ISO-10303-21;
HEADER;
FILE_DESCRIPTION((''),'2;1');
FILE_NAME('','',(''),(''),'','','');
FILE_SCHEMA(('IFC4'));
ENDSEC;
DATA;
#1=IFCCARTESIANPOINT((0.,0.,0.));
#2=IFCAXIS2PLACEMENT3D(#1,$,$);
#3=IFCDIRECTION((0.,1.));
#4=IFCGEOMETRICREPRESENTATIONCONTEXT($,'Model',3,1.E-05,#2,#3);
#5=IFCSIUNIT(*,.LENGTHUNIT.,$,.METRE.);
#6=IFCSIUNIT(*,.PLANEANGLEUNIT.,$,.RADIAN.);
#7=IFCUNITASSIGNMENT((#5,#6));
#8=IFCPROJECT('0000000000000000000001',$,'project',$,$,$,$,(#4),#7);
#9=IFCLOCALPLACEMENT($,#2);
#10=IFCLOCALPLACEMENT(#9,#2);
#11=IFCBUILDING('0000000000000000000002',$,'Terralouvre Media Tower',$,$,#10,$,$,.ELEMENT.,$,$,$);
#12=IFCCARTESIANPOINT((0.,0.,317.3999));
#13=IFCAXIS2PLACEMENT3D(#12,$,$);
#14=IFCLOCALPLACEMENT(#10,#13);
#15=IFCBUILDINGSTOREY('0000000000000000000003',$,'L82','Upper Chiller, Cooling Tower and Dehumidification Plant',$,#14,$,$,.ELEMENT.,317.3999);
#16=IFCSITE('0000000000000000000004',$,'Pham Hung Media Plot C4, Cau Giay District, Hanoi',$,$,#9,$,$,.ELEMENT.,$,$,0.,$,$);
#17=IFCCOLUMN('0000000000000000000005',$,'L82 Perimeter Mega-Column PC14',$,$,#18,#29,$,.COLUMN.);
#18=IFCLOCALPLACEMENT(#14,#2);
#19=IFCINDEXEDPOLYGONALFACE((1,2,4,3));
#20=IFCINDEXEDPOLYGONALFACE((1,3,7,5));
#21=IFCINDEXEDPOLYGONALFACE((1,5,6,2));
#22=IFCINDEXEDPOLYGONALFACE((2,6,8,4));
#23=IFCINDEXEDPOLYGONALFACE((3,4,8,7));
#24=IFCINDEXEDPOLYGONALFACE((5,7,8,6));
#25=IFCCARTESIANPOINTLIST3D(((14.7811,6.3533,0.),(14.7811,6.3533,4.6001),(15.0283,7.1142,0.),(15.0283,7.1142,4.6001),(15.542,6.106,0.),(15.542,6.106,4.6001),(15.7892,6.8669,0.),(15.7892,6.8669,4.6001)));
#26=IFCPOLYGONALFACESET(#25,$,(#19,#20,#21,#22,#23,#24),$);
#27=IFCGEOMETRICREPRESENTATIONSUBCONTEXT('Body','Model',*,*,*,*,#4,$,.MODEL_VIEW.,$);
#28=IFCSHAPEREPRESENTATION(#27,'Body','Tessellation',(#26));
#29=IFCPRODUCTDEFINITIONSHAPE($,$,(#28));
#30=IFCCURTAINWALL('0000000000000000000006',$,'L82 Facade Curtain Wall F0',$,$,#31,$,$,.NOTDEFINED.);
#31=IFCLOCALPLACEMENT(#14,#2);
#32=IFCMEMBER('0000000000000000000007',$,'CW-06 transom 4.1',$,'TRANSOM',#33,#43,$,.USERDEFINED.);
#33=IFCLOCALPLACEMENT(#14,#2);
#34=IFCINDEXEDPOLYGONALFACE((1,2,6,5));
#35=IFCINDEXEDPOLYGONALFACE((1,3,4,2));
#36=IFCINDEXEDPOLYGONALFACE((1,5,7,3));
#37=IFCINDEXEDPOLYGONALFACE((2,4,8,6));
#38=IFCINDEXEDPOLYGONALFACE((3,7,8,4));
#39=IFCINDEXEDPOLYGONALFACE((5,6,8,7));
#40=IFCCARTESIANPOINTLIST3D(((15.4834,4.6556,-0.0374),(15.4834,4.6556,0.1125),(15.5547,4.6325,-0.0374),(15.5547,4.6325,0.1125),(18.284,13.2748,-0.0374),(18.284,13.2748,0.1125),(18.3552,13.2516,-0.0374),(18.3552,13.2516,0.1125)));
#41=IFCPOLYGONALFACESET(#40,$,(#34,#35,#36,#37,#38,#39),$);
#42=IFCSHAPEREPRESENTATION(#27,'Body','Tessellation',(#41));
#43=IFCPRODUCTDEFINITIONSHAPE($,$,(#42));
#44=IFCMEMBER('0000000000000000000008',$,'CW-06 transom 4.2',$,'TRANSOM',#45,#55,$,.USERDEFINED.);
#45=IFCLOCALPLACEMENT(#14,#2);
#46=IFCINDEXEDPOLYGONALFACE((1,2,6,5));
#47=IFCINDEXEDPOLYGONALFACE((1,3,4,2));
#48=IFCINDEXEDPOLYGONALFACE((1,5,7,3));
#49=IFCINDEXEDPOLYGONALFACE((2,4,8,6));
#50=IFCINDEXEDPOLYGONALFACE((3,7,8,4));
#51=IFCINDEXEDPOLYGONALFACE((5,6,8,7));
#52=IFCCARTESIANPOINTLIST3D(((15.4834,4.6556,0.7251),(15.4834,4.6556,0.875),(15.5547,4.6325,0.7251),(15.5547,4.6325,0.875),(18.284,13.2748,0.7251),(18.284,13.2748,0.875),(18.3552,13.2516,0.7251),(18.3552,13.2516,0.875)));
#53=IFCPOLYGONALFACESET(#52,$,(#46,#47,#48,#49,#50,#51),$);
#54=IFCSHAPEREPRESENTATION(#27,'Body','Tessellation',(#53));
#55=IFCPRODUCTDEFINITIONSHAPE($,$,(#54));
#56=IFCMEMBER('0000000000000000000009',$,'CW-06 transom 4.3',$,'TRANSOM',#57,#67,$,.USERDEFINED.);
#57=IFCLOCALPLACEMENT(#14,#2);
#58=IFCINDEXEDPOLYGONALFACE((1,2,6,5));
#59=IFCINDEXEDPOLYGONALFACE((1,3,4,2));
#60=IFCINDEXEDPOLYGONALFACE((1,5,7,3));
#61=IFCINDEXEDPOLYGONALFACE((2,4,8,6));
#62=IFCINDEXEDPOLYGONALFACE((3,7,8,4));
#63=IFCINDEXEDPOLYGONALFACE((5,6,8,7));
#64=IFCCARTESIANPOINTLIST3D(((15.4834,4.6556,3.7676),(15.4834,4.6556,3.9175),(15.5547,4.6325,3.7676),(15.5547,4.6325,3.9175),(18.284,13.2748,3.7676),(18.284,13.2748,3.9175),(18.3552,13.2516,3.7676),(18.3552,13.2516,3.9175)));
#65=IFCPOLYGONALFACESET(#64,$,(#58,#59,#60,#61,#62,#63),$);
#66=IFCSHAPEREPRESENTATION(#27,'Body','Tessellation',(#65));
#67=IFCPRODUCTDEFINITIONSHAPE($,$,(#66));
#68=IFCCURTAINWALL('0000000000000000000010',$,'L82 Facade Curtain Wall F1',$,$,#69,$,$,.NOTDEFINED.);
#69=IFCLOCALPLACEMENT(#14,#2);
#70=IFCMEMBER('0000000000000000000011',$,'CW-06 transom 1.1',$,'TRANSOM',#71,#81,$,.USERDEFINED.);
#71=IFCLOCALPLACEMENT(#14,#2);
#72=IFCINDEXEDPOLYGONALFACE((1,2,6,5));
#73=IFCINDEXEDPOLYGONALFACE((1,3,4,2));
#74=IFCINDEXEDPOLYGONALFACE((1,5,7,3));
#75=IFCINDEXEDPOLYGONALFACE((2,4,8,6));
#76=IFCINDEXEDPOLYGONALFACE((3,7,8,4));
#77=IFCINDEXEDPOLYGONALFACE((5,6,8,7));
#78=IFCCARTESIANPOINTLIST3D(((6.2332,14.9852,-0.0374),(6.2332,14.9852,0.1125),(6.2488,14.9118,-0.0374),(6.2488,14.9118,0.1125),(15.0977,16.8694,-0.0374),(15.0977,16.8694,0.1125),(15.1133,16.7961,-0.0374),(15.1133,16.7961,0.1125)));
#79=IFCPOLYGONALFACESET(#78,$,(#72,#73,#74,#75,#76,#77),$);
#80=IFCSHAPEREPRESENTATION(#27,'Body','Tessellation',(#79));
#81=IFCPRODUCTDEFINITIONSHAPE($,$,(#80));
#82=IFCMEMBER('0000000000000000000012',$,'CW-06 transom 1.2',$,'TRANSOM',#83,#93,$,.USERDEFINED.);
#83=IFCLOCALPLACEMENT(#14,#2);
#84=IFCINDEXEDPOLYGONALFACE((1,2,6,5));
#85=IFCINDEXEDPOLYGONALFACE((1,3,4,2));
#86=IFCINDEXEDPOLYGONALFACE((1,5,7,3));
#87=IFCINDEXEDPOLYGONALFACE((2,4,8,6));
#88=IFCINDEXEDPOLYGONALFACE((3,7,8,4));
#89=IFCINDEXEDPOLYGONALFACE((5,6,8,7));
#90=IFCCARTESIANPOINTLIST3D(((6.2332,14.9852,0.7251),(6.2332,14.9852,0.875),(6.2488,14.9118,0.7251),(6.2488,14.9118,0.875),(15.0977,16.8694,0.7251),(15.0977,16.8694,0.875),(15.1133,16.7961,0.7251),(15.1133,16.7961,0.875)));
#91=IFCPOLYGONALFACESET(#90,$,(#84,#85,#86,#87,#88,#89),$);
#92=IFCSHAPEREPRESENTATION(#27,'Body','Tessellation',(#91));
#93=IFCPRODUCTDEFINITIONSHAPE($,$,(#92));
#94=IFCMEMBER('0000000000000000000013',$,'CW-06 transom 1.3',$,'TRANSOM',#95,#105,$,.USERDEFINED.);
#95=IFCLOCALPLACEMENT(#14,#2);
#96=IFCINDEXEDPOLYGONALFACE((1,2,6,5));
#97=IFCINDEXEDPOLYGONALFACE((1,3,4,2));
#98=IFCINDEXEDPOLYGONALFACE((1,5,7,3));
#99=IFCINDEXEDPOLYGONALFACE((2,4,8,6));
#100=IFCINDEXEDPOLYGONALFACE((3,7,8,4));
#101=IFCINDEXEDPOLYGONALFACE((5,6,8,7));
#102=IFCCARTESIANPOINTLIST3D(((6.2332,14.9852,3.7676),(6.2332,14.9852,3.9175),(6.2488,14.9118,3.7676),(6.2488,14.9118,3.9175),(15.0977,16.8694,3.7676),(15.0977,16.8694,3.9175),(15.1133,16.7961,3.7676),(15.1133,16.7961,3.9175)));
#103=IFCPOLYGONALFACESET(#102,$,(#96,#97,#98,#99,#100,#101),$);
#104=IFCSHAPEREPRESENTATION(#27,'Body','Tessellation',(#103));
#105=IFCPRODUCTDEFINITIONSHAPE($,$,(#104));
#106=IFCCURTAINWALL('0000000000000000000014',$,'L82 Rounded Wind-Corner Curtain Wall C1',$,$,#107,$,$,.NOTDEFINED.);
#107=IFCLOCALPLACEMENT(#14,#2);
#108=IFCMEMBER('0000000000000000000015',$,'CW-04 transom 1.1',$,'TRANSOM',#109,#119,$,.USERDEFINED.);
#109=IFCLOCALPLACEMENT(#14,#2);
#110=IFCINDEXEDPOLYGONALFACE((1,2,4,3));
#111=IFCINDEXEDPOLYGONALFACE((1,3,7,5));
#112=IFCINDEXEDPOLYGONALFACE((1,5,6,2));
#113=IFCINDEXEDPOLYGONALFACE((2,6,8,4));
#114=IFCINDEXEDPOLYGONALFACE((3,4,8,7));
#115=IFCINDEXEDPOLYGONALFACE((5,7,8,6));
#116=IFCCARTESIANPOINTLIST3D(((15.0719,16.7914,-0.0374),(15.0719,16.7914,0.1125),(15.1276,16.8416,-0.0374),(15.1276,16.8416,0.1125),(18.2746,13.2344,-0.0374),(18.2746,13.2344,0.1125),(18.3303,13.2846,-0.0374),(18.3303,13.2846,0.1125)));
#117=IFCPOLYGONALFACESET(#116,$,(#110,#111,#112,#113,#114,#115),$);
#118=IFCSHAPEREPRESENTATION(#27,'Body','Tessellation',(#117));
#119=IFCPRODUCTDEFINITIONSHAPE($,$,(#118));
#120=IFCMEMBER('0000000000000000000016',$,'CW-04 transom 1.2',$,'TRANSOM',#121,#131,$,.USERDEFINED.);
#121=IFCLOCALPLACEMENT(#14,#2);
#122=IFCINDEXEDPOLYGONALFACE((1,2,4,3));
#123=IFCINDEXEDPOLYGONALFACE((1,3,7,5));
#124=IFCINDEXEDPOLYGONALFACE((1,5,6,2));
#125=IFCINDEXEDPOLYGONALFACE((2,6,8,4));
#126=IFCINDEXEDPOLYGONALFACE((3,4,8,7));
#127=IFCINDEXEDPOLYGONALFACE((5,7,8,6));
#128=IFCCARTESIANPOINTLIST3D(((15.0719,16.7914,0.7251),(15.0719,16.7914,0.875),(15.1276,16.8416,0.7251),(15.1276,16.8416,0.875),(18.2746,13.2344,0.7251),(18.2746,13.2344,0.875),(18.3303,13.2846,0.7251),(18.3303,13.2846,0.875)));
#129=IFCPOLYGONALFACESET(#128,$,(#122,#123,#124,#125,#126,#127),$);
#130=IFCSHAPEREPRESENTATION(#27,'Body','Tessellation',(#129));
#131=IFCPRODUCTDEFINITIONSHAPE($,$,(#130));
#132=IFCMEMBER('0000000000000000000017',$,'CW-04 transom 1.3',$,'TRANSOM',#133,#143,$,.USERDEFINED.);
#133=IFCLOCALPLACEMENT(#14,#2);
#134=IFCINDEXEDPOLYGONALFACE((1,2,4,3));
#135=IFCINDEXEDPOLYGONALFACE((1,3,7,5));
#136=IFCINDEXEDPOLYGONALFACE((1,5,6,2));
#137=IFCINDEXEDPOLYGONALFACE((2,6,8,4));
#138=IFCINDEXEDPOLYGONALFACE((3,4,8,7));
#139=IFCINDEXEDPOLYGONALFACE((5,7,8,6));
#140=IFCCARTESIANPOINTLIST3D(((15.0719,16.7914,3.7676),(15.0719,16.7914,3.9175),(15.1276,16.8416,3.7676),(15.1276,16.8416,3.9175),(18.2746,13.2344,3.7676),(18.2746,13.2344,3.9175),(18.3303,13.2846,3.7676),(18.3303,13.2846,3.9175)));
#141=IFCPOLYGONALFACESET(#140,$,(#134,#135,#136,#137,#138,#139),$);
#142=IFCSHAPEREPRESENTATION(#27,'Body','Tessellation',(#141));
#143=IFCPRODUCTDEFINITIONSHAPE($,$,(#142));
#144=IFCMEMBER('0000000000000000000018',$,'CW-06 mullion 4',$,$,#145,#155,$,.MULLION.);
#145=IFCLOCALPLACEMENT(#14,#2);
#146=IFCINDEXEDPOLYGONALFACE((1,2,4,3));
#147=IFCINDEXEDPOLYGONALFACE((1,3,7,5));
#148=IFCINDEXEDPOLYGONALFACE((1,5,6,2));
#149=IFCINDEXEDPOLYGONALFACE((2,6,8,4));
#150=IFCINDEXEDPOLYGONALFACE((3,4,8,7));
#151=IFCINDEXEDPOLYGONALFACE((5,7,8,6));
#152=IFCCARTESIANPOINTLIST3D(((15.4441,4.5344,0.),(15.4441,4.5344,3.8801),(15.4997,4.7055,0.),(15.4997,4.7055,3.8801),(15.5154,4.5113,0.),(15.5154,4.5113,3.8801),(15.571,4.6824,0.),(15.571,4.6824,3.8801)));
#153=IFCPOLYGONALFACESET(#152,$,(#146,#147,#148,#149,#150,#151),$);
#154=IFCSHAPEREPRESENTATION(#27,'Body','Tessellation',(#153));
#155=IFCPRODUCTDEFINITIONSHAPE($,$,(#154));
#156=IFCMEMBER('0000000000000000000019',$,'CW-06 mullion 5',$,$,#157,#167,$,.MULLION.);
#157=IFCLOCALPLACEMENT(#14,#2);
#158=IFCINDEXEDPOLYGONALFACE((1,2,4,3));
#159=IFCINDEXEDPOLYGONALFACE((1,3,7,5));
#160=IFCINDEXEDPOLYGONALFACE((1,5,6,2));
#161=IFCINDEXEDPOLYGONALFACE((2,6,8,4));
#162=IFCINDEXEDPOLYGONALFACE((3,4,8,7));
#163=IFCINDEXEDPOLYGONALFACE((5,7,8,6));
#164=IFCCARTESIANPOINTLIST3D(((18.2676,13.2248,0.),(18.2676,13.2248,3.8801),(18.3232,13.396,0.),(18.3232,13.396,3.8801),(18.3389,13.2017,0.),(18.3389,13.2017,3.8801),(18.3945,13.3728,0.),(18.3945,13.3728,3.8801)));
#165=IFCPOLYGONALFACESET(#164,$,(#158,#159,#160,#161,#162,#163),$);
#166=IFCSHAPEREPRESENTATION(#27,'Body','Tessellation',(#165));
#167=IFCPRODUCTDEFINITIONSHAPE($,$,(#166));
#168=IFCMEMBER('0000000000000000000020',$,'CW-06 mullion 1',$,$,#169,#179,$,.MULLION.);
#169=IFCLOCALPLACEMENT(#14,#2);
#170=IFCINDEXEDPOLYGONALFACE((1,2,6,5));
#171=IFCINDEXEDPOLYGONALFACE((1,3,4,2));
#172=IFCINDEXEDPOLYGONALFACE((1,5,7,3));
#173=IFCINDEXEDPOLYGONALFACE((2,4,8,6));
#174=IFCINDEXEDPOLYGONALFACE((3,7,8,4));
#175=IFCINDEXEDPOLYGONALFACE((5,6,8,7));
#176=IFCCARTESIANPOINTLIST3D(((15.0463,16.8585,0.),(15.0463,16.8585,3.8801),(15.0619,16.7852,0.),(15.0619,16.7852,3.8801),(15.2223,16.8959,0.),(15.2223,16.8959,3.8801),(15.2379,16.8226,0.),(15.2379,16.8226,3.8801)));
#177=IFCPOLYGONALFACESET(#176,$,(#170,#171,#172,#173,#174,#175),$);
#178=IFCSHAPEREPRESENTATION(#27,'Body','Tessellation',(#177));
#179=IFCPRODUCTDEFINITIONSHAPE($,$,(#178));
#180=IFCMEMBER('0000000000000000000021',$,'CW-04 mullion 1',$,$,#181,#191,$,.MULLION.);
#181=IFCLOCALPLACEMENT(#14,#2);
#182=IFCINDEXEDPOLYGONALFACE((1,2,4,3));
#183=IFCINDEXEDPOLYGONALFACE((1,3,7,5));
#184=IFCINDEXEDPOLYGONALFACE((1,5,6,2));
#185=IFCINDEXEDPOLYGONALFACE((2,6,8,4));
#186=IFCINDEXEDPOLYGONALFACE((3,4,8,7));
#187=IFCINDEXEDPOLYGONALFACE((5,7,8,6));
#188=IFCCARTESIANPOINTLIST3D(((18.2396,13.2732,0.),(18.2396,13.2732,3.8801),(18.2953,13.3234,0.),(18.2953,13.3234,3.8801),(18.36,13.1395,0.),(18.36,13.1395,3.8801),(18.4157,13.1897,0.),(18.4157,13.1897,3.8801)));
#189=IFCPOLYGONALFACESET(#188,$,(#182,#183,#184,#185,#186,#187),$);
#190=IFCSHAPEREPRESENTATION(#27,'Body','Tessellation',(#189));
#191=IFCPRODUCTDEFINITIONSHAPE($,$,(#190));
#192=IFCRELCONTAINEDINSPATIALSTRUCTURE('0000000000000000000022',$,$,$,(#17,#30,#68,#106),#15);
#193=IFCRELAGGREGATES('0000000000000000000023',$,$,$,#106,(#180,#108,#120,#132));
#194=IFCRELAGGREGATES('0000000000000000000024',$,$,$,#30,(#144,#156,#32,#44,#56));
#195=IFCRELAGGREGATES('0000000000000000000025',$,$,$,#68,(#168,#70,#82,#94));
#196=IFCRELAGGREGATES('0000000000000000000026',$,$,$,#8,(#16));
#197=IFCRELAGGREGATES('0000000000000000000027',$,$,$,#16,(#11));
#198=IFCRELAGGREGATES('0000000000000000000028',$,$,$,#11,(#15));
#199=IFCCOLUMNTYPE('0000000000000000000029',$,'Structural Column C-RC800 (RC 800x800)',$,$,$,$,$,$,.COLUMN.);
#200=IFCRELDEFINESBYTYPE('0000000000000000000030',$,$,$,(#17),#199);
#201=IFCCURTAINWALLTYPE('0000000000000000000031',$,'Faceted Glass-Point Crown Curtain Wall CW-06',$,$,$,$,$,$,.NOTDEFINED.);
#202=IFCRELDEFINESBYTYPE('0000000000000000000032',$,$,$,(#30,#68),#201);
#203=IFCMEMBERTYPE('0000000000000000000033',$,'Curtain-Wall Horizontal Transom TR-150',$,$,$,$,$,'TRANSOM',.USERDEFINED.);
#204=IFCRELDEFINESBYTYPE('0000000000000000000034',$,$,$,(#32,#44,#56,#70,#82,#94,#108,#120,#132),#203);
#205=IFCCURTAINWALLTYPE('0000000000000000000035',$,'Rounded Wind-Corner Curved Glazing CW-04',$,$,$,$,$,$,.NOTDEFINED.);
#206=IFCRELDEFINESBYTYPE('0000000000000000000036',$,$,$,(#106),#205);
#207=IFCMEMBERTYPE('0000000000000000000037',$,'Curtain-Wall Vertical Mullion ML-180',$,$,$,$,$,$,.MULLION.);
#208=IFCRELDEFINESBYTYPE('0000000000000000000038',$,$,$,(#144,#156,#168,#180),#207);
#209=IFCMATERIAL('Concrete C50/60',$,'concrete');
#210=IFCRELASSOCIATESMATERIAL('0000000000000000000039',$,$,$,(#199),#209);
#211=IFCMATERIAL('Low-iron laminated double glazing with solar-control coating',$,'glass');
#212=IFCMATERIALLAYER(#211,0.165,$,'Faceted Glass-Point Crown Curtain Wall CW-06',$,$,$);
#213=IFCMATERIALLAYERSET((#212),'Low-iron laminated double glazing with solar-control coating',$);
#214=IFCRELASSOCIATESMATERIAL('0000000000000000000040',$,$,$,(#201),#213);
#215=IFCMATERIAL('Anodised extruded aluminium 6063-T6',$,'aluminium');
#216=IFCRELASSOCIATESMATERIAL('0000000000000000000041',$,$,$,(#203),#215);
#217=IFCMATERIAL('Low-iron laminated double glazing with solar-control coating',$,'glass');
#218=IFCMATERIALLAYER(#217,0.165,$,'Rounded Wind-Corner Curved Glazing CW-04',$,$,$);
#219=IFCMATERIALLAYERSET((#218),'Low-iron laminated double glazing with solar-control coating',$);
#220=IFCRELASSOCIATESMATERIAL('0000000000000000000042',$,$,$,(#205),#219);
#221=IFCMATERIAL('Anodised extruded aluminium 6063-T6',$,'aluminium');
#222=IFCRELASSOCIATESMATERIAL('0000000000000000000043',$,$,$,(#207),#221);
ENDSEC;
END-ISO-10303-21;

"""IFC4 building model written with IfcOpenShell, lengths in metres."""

from ifc_helpers import new_model, si_unit, direction, frame, origin, origin_2d, place, context, subcontext, project, spatial, rectangle, extrude, material, layer, layer_set, material_profile, profile_set, type_object, element, aggregate, save


model = new_model("IFC4")

# Units and contexts
model_context = context("Model", 3, precision=1e-05, world=origin(), true_north=direction((0.0, 1.0)))
body_context = subcontext(model_context, "Body", "Model", "MODEL_VIEW")
ifc_project = project(units=[si_unit("LENGTHUNIT", "METRE"), si_unit("PLANEANGLEUNIT", "RADIAN")], contexts=[model_context])

# Site, building, storey
site_placement = place(None, origin())
site = spatial("IfcSite", under=ifc_project, at=site_placement, Name="Pham Hung Media Plot C4, Cau Giay District, Hanoi", CompositionType="ELEMENT", RefElevation=0.0)
building_placement = place(site_placement, origin())
building = spatial("IfcBuilding", under=site, at=building_placement, Name="Terralouvre Media Tower", CompositionType="ELEMENT")
storey_placement = place(building_placement, frame((0.0, 0.0, 317.3999)))
storey = spatial("IfcBuildingStorey", under=building, at=storey_placement, Name="L82", Description="Upper Chiller, Cooling Tower and Dehumidification Plant", CompositionType="ELEMENT", Elevation=317.3999)

# Column
ifc_material_1 = material(Name="Concrete C50/60", Category="concrete")
ifc_material_profile_1 = material_profile(ifc_material_1, rectangle(XDim=0.8, YDim=0.8, at=origin_2d()), Name="RC 800x800")
ifc_profile_set_1 = profile_set([ifc_material_profile_1], Name="Concrete C50/60")
column_type = type_object("IfcColumnType", Name="Structural Column C-RC800 (RC 800x800)", PredefinedType="COLUMN", material=ifc_profile_set_1)
column_placement = place(storey_placement, frame((15.2852, 6.6101, 0.0), z_axis=(0.0, 0.0, 1.0), x_axis=(0.309017, 0.951057, 0.0)))
element("IfcColumn", 1, at=column_placement, inside=storey, type_object=column_type, Name="L82 Perimeter Mega-Column PC14", PredefinedType="COLUMN", context=body_context, shape_type="SweptSolid", body=[
    extrude(rectangle(XDim=0.8, YDim=0.8, at=origin_2d()), origin(), (0.0, 0.0, 1.0), 4.6001),
])

# Curtain walls, members
ifc_material_2 = material(Name="Low-iron laminated double glazing with solar-control coating", Category="glass")
ifc_layer_1 = layer(ifc_material_2, 0.165, Name="Faceted Glass-Point Crown Curtain Wall CW-06")
ifc_layer_set_1 = layer_set([ifc_layer_1], Name="Low-iron laminated double glazing with solar-control coating")
curtain_wall_type_1 = type_object("IfcCurtainWallType", Name="Faceted Glass-Point Crown Curtain Wall CW-06", PredefinedType="NOTDEFINED", material=ifc_layer_set_1)
curtain_wall_1_placement = place(storey_placement, origin())
curtain_wall_1 = element("IfcCurtainWall", 2, at=curtain_wall_1_placement, inside=storey, type_object=curtain_wall_type_1, Name="L82 Facade Curtain Wall F0", PredefinedType="NOTDEFINED")
ifc_material_3 = material(Name="Anodised extruded aluminium 6063-T6", Category="aluminium")
ifc_material_profile_2 = material_profile(ifc_material_3, rectangle(XDim=0.075, YDim=0.1499, at=origin_2d()), Name="ALU 75x150")
ifc_profile_set_2 = profile_set([ifc_material_profile_2], Name="Anodised extruded aluminium 6063-T6")
member_type_1 = type_object("IfcMemberType", Name="Curtain-Wall Horizontal Transom TR-150", ElementType="TRANSOM", PredefinedType="USERDEFINED", material=ifc_profile_set_2)
member_1_placement = place(storey_placement, frame((15.519, 4.644, 0.0376), z_axis=(0.309018, 0.951056, 0.0), x_axis=(-0.951056, 0.309018, 0.0)))
member_1 = element("IfcMember", 3, at=member_1_placement, type_object=member_type_1, Name="CW-06 transom 4.1", ObjectType="TRANSOM", PredefinedType="USERDEFINED", context=body_context, shape_type="SweptSolid", body=[
    extrude(rectangle(XDim=0.075, YDim=0.1499, at=origin_2d()), origin(), (0.0, 0.0, 1.0), 9.0627),
])
member_2_placement = place(storey_placement, frame((15.519, 4.644, 0.8), z_axis=(0.309018, 0.951056, 0.0), x_axis=(-0.951056, 0.309018, 0.0)))
member_2 = element("IfcMember", 4, at=member_2_placement, type_object=member_type_1, Name="CW-06 transom 4.2", ObjectType="TRANSOM", PredefinedType="USERDEFINED", context=body_context, shape_type="SweptSolid", body=[
    extrude(rectangle(XDim=0.075, YDim=0.1499, at=origin_2d()), origin(), (0.0, 0.0, 1.0), 9.0627),
])
member_3_placement = place(storey_placement, frame((15.519, 4.644, 3.8425), z_axis=(0.309018, 0.951056, 0.0), x_axis=(-0.951056, 0.309018, 0.0)))
member_3 = element("IfcMember", 5, at=member_3_placement, type_object=member_type_1, Name="CW-06 transom 4.3", ObjectType="TRANSOM", PredefinedType="USERDEFINED", context=body_context, shape_type="SweptSolid", body=[
    extrude(rectangle(XDim=0.075, YDim=0.1499, at=origin_2d()), origin(), (0.0, 0.0, 1.0), 9.0627),
])
curtain_wall_2_placement = place(storey_placement, origin())
curtain_wall_2 = element("IfcCurtainWall", 6, at=curtain_wall_2_placement, inside=storey, type_object=curtain_wall_type_1, Name="L82 Facade Curtain Wall F1", PredefinedType="NOTDEFINED")
member_4_placement = place(storey_placement, frame((15.1055, 16.8328, 0.0376), z_axis=(-0.978146, -0.207919, 0.0), x_axis=(0.207919, -0.978146, 0.0)))
member_4 = element("IfcMember", 7, at=member_4_placement, type_object=member_type_1, Name="CW-06 transom 1.1", ObjectType="TRANSOM", PredefinedType="USERDEFINED", context=body_context, shape_type="SweptSolid", body=[
    extrude(rectangle(XDim=0.075, YDim=0.1499, at=origin_2d()), origin(), (0.0, 0.0, 1.0), 9.0625),
])
member_5_placement = place(storey_placement, frame((15.1055, 16.8328, 0.8), z_axis=(-0.978146, -0.207919, 0.0), x_axis=(0.207919, -0.978146, 0.0)))
member_5 = element("IfcMember", 8, at=member_5_placement, type_object=member_type_1, Name="CW-06 transom 1.2", ObjectType="TRANSOM", PredefinedType="USERDEFINED", context=body_context, shape_type="SweptSolid", body=[
    extrude(rectangle(XDim=0.075, YDim=0.1499, at=origin_2d()), origin(), (0.0, 0.0, 1.0), 9.0625),
])
member_6_placement = place(storey_placement, frame((15.1055, 16.8328, 3.8425), z_axis=(-0.978146, -0.207919, 0.0), x_axis=(0.207919, -0.978146, 0.0)))
member_6 = element("IfcMember", 9, at=member_6_placement, type_object=member_type_1, Name="CW-06 transom 1.3", ObjectType="TRANSOM", PredefinedType="USERDEFINED", context=body_context, shape_type="SweptSolid", body=[
    extrude(rectangle(XDim=0.075, YDim=0.1499, at=origin_2d()), origin(), (0.0, 0.0, 1.0), 9.0625),
])
ifc_material_4 = material(Name="Low-iron laminated double glazing with solar-control coating", Category="glass")
ifc_layer_2 = layer(ifc_material_4, 0.165, Name="Rounded Wind-Corner Curved Glazing CW-04")
ifc_layer_set_2 = layer_set([ifc_layer_2], Name="Low-iron laminated double glazing with solar-control coating")
curtain_wall_type_2 = type_object("IfcCurtainWallType", Name="Rounded Wind-Corner Curved Glazing CW-04", PredefinedType="NOTDEFINED", material=ifc_layer_set_2)
curtain_wall_3_placement = place(storey_placement, origin())
curtain_wall_3 = element("IfcCurtainWall", 10, at=curtain_wall_3_placement, inside=storey, type_object=curtain_wall_type_2, Name="L82 Rounded Wind-Corner Curtain Wall C1", PredefinedType="NOTDEFINED")
member_7_placement = place(storey_placement, frame((18.3025, 13.2595, 0.0376), z_axis=(-0.669131, 0.743144, 0.0), x_axis=(-0.743144, -0.669131, 0.0)))
member_7 = element("IfcMember", 11, at=member_7_placement, type_object=member_type_1, Name="CW-04 transom 1.1", ObjectType="TRANSOM", PredefinedType="USERDEFINED", context=body_context, shape_type="SweptSolid", body=[
    extrude(rectangle(XDim=0.075, YDim=0.1499, at=origin_2d()), origin(), (0.0, 0.0, 1.0), 4.7864),
])
member_8_placement = place(storey_placement, frame((18.3025, 13.2595, 0.8), z_axis=(-0.669131, 0.743144, 0.0), x_axis=(-0.743144, -0.669131, 0.0)))
member_8 = element("IfcMember", 12, at=member_8_placement, type_object=member_type_1, Name="CW-04 transom 1.2", ObjectType="TRANSOM", PredefinedType="USERDEFINED", context=body_context, shape_type="SweptSolid", body=[
    extrude(rectangle(XDim=0.075, YDim=0.1499, at=origin_2d()), origin(), (0.0, 0.0, 1.0), 4.7864),
])
member_9_placement = place(storey_placement, frame((18.3025, 13.2595, 3.8425), z_axis=(-0.669131, 0.743144, 0.0), x_axis=(-0.743144, -0.669131, 0.0)))
member_9 = element("IfcMember", 13, at=member_9_placement, type_object=member_type_1, Name="CW-04 transom 1.3", ObjectType="TRANSOM", PredefinedType="USERDEFINED", context=body_context, shape_type="SweptSolid", body=[
    extrude(rectangle(XDim=0.075, YDim=0.1499, at=origin_2d()), origin(), (0.0, 0.0, 1.0), 4.7864),
])

# Members
ifc_material_5 = material(Name="Anodised extruded aluminium 6063-T6", Category="aluminium")
ifc_material_profile_3 = material_profile(ifc_material_5, rectangle(XDim=0.075, YDim=0.1799, at=origin_2d()), Name="ALU 75x180")
ifc_profile_set_3 = profile_set([ifc_material_profile_3], Name="Anodised extruded aluminium 6063-T6")
member_type_2 = type_object("IfcMemberType", Name="Curtain-Wall Vertical Mullion ML-180", PredefinedType="MULLION", material=ifc_profile_set_3)
member_10_placement = place(storey_placement, frame((15.5076, 4.6084, 0.0), z_axis=(0.0, 0.0, 1.0), x_axis=(-0.951056, 0.309017, 0.0)))
member_10 = element("IfcMember", 14, at=member_10_placement, type_object=member_type_2, Name="CW-06 mullion 4", PredefinedType="MULLION", context=body_context, shape_type="SweptSolid", body=[
    extrude(rectangle(XDim=0.075, YDim=0.1799, at=origin_2d()), origin(), (0.0, 0.0, 1.0), 3.8801),
])
member_11_placement = place(storey_placement, frame((18.3311, 13.2988, 0.0), z_axis=(0.0, 0.0, 1.0), x_axis=(-0.951056, 0.309017, 0.0)))
member_11 = element("IfcMember", 15, at=member_11_placement, type_object=member_type_2, Name="CW-06 mullion 5", PredefinedType="MULLION", context=body_context, shape_type="SweptSolid", body=[
    extrude(rectangle(XDim=0.075, YDim=0.1799, at=origin_2d()), origin(), (0.0, 0.0, 1.0), 3.8801),
])
member_12_placement = place(storey_placement, frame((15.1421, 16.8406, 0.0), z_axis=(0.0, 0.0, 1.0), x_axis=(0.207912, -0.978148, 0.0)))
member_12 = element("IfcMember", 16, at=member_12_placement, type_object=member_type_2, Name="CW-06 mullion 1", PredefinedType="MULLION", context=body_context, shape_type="SweptSolid", body=[
    extrude(rectangle(XDim=0.075, YDim=0.1799, at=origin_2d()), origin(), (0.0, 0.0, 1.0), 3.8801),
])
member_13_placement = place(storey_placement, frame((18.3276, 13.2314, 0.0), z_axis=(0.0, 0.0, 1.0), x_axis=(-0.743145, -0.669131, 0.0)))
member_13 = element("IfcMember", 17, at=member_13_placement, type_object=member_type_2, Name="CW-04 mullion 1", PredefinedType="MULLION", context=body_context, shape_type="SweptSolid", body=[
    extrude(rectangle(XDim=0.075, YDim=0.1799, at=origin_2d()), origin(), (0.0, 0.0, 1.0), 3.8801),
])

aggregate(curtain_wall_3, [member_13, member_7, member_8, member_9])
aggregate(curtain_wall_1, [member_10, member_11, member_1, member_2, member_3])
aggregate(curtain_wall_2, [member_12, member_4, member_5, member_6])

save(model, "model.ifc")
